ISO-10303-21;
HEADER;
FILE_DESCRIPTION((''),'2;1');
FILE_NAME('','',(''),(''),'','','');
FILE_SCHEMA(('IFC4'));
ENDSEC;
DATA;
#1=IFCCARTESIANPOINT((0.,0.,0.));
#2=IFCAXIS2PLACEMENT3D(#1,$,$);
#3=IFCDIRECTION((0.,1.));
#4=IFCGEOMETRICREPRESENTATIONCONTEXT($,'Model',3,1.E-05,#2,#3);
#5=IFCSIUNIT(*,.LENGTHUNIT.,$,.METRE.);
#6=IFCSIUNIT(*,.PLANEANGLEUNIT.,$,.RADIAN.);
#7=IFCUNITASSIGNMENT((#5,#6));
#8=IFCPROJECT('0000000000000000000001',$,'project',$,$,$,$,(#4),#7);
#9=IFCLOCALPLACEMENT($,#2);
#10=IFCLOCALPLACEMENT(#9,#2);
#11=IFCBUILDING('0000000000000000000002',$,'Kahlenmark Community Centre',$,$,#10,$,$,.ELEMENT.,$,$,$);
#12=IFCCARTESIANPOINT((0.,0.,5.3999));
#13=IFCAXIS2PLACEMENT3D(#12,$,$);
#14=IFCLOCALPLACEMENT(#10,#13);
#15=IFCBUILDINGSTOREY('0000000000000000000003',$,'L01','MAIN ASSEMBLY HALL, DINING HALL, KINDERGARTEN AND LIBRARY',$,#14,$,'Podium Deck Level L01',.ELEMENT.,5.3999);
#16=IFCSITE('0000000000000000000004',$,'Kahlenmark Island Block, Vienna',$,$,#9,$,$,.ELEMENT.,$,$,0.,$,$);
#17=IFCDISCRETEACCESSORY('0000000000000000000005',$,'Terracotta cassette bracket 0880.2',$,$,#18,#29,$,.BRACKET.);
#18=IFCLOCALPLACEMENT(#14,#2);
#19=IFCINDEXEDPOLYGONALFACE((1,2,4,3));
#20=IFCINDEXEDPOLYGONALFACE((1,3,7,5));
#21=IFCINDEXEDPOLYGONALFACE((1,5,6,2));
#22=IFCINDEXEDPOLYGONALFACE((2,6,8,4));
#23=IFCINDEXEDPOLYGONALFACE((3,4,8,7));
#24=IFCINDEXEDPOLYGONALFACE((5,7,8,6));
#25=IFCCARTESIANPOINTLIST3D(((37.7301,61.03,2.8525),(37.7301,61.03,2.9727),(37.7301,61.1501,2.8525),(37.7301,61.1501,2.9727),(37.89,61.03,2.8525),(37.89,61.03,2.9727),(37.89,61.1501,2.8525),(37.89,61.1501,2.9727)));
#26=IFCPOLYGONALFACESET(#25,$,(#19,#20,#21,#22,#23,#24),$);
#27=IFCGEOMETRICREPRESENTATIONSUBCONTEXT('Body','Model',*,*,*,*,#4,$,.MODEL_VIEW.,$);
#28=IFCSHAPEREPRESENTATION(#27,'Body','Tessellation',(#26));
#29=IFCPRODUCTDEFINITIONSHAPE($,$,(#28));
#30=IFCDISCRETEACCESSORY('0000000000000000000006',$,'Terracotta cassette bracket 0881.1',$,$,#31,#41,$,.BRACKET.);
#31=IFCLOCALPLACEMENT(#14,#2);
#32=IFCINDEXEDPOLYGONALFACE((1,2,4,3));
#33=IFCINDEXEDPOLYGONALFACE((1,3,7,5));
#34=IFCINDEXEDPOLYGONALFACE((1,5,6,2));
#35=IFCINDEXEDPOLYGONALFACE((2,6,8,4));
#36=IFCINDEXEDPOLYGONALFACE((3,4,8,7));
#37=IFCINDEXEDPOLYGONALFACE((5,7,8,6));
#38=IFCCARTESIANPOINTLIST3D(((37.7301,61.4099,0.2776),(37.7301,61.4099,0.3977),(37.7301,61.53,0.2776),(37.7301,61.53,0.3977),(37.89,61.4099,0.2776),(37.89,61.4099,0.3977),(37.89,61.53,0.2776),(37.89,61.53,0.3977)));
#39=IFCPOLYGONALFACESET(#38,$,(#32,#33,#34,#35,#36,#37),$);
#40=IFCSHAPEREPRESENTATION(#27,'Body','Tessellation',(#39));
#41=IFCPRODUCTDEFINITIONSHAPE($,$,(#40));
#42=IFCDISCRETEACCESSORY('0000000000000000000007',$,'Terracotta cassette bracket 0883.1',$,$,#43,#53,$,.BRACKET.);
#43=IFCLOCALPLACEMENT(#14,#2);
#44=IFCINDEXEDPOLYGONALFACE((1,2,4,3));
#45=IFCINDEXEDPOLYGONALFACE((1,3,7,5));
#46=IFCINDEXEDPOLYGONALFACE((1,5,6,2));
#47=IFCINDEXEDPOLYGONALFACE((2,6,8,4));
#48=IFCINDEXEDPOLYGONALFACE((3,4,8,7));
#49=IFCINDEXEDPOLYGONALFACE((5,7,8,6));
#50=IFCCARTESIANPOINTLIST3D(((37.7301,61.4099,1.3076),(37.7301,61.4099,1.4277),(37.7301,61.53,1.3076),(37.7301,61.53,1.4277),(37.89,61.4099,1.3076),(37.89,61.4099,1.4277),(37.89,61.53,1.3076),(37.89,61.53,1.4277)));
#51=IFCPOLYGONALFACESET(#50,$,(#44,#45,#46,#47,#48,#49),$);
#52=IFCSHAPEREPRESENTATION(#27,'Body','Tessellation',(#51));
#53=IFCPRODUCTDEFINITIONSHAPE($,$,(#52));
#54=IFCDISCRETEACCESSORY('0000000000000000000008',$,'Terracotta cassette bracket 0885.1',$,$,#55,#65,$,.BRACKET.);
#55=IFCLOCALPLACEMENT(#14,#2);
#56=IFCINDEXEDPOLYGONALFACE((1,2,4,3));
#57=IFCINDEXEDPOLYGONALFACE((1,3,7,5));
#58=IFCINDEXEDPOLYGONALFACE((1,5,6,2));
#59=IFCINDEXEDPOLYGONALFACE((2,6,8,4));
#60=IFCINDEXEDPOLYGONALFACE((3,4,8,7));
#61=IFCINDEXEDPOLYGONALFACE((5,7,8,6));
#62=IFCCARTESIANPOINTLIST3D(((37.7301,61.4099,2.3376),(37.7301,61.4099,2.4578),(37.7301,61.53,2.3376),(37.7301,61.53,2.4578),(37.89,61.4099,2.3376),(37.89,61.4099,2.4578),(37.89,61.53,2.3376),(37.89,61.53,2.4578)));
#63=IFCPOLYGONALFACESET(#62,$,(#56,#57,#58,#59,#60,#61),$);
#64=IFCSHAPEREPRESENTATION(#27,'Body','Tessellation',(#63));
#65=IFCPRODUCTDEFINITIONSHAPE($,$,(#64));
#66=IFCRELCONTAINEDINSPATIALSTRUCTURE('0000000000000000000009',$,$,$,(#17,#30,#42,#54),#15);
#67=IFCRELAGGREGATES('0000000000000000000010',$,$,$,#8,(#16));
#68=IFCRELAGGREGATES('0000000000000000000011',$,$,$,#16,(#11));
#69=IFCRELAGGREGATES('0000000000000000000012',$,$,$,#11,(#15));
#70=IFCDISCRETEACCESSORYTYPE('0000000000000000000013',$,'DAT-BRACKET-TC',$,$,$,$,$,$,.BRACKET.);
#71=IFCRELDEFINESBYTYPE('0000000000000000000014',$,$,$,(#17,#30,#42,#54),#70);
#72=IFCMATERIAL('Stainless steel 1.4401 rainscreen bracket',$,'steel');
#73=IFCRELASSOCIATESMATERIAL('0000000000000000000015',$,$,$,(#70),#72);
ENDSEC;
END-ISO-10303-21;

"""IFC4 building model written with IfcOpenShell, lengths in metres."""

from ifc_helpers import new_model, si_unit, direction, frame, origin, origin_2d, place, context, subcontext, project, spatial, rectangle, extrude, material, type_object, element, save


model = new_model("IFC4")

# Units and contexts
model_context = context("Model", 3, precision=1e-05, world=origin(), true_north=direction((0.0, 1.0)))
body_context = subcontext(model_context, "Body", "Model", "MODEL_VIEW")
ifc_project = project(units=[si_unit("LENGTHUNIT", "METRE"), si_unit("PLANEANGLEUNIT", "RADIAN")], contexts=[model_context])

# Site, building, storey
site_placement = place(None, origin())
site = spatial("IfcSite", under=ifc_project, at=site_placement, Name="Kahlenmark Island Block, Vienna", CompositionType="ELEMENT", RefElevation=0.0)
building_placement = place(site_placement, origin())
building = spatial("IfcBuilding", under=site, at=building_placement, Name="Kahlenmark Community Centre", CompositionType="ELEMENT")
storey_placement = place(building_placement, frame((0.0, 0.0, 5.3999)))
storey = spatial("IfcBuildingStorey", under=building, at=storey_placement, Name="L01", Description="MAIN ASSEMBLY HALL, DINING HALL, KINDERGARTEN AND LIBRARY", LongName="Podium Deck Level L01", CompositionType="ELEMENT", Elevation=5.3999)

# Discrete accessories
ifc_material_1 = material(Name="Stainless steel 1.4401 rainscreen bracket", Category="steel")
discrete_accessory_type = type_object("IfcDiscreteAccessoryType", Name="DAT-BRACKET-TC", PredefinedType="BRACKET", material=ifc_material_1)
for number, where, z_axis, x_axis, name in (
    (1, (37.8101, 61.0901, 2.8525), (0.0, 0.0, 1.0), (0.0, 1.0, 0.0), "Terracotta cassette bracket 0880.2"),
    (2, (37.8101, 61.47, 0.2776), (0.0, 0.0, 1.0), (0.0, 1.0, 0.0), "Terracotta cassette bracket 0881.1"),
    (3, (37.8101, 61.47, 1.3076), (0.0, 0.0, 1.0), (0.0, 1.0, 0.0), "Terracotta cassette bracket 0883.1"),
    (4, (37.8101, 61.47, 2.3376), (0.0, 0.0, 1.0), (0.0, 1.0, 0.0), "Terracotta cassette bracket 0885.1"),
):
    element("IfcDiscreteAccessory", number, at=place(storey_placement, frame(where, z_axis=z_axis, x_axis=x_axis)), inside=storey, type_object=discrete_accessory_type, Name=name, PredefinedType="BRACKET", context=body_context, shape_type="SweptSolid", body=[
        extrude(rectangle(XDim=0.1201, YDim=0.1599, at=origin_2d()), origin(), (0.0, 0.0, 1.0), 0.1201),
    ])

save(model, "model.ifc")
